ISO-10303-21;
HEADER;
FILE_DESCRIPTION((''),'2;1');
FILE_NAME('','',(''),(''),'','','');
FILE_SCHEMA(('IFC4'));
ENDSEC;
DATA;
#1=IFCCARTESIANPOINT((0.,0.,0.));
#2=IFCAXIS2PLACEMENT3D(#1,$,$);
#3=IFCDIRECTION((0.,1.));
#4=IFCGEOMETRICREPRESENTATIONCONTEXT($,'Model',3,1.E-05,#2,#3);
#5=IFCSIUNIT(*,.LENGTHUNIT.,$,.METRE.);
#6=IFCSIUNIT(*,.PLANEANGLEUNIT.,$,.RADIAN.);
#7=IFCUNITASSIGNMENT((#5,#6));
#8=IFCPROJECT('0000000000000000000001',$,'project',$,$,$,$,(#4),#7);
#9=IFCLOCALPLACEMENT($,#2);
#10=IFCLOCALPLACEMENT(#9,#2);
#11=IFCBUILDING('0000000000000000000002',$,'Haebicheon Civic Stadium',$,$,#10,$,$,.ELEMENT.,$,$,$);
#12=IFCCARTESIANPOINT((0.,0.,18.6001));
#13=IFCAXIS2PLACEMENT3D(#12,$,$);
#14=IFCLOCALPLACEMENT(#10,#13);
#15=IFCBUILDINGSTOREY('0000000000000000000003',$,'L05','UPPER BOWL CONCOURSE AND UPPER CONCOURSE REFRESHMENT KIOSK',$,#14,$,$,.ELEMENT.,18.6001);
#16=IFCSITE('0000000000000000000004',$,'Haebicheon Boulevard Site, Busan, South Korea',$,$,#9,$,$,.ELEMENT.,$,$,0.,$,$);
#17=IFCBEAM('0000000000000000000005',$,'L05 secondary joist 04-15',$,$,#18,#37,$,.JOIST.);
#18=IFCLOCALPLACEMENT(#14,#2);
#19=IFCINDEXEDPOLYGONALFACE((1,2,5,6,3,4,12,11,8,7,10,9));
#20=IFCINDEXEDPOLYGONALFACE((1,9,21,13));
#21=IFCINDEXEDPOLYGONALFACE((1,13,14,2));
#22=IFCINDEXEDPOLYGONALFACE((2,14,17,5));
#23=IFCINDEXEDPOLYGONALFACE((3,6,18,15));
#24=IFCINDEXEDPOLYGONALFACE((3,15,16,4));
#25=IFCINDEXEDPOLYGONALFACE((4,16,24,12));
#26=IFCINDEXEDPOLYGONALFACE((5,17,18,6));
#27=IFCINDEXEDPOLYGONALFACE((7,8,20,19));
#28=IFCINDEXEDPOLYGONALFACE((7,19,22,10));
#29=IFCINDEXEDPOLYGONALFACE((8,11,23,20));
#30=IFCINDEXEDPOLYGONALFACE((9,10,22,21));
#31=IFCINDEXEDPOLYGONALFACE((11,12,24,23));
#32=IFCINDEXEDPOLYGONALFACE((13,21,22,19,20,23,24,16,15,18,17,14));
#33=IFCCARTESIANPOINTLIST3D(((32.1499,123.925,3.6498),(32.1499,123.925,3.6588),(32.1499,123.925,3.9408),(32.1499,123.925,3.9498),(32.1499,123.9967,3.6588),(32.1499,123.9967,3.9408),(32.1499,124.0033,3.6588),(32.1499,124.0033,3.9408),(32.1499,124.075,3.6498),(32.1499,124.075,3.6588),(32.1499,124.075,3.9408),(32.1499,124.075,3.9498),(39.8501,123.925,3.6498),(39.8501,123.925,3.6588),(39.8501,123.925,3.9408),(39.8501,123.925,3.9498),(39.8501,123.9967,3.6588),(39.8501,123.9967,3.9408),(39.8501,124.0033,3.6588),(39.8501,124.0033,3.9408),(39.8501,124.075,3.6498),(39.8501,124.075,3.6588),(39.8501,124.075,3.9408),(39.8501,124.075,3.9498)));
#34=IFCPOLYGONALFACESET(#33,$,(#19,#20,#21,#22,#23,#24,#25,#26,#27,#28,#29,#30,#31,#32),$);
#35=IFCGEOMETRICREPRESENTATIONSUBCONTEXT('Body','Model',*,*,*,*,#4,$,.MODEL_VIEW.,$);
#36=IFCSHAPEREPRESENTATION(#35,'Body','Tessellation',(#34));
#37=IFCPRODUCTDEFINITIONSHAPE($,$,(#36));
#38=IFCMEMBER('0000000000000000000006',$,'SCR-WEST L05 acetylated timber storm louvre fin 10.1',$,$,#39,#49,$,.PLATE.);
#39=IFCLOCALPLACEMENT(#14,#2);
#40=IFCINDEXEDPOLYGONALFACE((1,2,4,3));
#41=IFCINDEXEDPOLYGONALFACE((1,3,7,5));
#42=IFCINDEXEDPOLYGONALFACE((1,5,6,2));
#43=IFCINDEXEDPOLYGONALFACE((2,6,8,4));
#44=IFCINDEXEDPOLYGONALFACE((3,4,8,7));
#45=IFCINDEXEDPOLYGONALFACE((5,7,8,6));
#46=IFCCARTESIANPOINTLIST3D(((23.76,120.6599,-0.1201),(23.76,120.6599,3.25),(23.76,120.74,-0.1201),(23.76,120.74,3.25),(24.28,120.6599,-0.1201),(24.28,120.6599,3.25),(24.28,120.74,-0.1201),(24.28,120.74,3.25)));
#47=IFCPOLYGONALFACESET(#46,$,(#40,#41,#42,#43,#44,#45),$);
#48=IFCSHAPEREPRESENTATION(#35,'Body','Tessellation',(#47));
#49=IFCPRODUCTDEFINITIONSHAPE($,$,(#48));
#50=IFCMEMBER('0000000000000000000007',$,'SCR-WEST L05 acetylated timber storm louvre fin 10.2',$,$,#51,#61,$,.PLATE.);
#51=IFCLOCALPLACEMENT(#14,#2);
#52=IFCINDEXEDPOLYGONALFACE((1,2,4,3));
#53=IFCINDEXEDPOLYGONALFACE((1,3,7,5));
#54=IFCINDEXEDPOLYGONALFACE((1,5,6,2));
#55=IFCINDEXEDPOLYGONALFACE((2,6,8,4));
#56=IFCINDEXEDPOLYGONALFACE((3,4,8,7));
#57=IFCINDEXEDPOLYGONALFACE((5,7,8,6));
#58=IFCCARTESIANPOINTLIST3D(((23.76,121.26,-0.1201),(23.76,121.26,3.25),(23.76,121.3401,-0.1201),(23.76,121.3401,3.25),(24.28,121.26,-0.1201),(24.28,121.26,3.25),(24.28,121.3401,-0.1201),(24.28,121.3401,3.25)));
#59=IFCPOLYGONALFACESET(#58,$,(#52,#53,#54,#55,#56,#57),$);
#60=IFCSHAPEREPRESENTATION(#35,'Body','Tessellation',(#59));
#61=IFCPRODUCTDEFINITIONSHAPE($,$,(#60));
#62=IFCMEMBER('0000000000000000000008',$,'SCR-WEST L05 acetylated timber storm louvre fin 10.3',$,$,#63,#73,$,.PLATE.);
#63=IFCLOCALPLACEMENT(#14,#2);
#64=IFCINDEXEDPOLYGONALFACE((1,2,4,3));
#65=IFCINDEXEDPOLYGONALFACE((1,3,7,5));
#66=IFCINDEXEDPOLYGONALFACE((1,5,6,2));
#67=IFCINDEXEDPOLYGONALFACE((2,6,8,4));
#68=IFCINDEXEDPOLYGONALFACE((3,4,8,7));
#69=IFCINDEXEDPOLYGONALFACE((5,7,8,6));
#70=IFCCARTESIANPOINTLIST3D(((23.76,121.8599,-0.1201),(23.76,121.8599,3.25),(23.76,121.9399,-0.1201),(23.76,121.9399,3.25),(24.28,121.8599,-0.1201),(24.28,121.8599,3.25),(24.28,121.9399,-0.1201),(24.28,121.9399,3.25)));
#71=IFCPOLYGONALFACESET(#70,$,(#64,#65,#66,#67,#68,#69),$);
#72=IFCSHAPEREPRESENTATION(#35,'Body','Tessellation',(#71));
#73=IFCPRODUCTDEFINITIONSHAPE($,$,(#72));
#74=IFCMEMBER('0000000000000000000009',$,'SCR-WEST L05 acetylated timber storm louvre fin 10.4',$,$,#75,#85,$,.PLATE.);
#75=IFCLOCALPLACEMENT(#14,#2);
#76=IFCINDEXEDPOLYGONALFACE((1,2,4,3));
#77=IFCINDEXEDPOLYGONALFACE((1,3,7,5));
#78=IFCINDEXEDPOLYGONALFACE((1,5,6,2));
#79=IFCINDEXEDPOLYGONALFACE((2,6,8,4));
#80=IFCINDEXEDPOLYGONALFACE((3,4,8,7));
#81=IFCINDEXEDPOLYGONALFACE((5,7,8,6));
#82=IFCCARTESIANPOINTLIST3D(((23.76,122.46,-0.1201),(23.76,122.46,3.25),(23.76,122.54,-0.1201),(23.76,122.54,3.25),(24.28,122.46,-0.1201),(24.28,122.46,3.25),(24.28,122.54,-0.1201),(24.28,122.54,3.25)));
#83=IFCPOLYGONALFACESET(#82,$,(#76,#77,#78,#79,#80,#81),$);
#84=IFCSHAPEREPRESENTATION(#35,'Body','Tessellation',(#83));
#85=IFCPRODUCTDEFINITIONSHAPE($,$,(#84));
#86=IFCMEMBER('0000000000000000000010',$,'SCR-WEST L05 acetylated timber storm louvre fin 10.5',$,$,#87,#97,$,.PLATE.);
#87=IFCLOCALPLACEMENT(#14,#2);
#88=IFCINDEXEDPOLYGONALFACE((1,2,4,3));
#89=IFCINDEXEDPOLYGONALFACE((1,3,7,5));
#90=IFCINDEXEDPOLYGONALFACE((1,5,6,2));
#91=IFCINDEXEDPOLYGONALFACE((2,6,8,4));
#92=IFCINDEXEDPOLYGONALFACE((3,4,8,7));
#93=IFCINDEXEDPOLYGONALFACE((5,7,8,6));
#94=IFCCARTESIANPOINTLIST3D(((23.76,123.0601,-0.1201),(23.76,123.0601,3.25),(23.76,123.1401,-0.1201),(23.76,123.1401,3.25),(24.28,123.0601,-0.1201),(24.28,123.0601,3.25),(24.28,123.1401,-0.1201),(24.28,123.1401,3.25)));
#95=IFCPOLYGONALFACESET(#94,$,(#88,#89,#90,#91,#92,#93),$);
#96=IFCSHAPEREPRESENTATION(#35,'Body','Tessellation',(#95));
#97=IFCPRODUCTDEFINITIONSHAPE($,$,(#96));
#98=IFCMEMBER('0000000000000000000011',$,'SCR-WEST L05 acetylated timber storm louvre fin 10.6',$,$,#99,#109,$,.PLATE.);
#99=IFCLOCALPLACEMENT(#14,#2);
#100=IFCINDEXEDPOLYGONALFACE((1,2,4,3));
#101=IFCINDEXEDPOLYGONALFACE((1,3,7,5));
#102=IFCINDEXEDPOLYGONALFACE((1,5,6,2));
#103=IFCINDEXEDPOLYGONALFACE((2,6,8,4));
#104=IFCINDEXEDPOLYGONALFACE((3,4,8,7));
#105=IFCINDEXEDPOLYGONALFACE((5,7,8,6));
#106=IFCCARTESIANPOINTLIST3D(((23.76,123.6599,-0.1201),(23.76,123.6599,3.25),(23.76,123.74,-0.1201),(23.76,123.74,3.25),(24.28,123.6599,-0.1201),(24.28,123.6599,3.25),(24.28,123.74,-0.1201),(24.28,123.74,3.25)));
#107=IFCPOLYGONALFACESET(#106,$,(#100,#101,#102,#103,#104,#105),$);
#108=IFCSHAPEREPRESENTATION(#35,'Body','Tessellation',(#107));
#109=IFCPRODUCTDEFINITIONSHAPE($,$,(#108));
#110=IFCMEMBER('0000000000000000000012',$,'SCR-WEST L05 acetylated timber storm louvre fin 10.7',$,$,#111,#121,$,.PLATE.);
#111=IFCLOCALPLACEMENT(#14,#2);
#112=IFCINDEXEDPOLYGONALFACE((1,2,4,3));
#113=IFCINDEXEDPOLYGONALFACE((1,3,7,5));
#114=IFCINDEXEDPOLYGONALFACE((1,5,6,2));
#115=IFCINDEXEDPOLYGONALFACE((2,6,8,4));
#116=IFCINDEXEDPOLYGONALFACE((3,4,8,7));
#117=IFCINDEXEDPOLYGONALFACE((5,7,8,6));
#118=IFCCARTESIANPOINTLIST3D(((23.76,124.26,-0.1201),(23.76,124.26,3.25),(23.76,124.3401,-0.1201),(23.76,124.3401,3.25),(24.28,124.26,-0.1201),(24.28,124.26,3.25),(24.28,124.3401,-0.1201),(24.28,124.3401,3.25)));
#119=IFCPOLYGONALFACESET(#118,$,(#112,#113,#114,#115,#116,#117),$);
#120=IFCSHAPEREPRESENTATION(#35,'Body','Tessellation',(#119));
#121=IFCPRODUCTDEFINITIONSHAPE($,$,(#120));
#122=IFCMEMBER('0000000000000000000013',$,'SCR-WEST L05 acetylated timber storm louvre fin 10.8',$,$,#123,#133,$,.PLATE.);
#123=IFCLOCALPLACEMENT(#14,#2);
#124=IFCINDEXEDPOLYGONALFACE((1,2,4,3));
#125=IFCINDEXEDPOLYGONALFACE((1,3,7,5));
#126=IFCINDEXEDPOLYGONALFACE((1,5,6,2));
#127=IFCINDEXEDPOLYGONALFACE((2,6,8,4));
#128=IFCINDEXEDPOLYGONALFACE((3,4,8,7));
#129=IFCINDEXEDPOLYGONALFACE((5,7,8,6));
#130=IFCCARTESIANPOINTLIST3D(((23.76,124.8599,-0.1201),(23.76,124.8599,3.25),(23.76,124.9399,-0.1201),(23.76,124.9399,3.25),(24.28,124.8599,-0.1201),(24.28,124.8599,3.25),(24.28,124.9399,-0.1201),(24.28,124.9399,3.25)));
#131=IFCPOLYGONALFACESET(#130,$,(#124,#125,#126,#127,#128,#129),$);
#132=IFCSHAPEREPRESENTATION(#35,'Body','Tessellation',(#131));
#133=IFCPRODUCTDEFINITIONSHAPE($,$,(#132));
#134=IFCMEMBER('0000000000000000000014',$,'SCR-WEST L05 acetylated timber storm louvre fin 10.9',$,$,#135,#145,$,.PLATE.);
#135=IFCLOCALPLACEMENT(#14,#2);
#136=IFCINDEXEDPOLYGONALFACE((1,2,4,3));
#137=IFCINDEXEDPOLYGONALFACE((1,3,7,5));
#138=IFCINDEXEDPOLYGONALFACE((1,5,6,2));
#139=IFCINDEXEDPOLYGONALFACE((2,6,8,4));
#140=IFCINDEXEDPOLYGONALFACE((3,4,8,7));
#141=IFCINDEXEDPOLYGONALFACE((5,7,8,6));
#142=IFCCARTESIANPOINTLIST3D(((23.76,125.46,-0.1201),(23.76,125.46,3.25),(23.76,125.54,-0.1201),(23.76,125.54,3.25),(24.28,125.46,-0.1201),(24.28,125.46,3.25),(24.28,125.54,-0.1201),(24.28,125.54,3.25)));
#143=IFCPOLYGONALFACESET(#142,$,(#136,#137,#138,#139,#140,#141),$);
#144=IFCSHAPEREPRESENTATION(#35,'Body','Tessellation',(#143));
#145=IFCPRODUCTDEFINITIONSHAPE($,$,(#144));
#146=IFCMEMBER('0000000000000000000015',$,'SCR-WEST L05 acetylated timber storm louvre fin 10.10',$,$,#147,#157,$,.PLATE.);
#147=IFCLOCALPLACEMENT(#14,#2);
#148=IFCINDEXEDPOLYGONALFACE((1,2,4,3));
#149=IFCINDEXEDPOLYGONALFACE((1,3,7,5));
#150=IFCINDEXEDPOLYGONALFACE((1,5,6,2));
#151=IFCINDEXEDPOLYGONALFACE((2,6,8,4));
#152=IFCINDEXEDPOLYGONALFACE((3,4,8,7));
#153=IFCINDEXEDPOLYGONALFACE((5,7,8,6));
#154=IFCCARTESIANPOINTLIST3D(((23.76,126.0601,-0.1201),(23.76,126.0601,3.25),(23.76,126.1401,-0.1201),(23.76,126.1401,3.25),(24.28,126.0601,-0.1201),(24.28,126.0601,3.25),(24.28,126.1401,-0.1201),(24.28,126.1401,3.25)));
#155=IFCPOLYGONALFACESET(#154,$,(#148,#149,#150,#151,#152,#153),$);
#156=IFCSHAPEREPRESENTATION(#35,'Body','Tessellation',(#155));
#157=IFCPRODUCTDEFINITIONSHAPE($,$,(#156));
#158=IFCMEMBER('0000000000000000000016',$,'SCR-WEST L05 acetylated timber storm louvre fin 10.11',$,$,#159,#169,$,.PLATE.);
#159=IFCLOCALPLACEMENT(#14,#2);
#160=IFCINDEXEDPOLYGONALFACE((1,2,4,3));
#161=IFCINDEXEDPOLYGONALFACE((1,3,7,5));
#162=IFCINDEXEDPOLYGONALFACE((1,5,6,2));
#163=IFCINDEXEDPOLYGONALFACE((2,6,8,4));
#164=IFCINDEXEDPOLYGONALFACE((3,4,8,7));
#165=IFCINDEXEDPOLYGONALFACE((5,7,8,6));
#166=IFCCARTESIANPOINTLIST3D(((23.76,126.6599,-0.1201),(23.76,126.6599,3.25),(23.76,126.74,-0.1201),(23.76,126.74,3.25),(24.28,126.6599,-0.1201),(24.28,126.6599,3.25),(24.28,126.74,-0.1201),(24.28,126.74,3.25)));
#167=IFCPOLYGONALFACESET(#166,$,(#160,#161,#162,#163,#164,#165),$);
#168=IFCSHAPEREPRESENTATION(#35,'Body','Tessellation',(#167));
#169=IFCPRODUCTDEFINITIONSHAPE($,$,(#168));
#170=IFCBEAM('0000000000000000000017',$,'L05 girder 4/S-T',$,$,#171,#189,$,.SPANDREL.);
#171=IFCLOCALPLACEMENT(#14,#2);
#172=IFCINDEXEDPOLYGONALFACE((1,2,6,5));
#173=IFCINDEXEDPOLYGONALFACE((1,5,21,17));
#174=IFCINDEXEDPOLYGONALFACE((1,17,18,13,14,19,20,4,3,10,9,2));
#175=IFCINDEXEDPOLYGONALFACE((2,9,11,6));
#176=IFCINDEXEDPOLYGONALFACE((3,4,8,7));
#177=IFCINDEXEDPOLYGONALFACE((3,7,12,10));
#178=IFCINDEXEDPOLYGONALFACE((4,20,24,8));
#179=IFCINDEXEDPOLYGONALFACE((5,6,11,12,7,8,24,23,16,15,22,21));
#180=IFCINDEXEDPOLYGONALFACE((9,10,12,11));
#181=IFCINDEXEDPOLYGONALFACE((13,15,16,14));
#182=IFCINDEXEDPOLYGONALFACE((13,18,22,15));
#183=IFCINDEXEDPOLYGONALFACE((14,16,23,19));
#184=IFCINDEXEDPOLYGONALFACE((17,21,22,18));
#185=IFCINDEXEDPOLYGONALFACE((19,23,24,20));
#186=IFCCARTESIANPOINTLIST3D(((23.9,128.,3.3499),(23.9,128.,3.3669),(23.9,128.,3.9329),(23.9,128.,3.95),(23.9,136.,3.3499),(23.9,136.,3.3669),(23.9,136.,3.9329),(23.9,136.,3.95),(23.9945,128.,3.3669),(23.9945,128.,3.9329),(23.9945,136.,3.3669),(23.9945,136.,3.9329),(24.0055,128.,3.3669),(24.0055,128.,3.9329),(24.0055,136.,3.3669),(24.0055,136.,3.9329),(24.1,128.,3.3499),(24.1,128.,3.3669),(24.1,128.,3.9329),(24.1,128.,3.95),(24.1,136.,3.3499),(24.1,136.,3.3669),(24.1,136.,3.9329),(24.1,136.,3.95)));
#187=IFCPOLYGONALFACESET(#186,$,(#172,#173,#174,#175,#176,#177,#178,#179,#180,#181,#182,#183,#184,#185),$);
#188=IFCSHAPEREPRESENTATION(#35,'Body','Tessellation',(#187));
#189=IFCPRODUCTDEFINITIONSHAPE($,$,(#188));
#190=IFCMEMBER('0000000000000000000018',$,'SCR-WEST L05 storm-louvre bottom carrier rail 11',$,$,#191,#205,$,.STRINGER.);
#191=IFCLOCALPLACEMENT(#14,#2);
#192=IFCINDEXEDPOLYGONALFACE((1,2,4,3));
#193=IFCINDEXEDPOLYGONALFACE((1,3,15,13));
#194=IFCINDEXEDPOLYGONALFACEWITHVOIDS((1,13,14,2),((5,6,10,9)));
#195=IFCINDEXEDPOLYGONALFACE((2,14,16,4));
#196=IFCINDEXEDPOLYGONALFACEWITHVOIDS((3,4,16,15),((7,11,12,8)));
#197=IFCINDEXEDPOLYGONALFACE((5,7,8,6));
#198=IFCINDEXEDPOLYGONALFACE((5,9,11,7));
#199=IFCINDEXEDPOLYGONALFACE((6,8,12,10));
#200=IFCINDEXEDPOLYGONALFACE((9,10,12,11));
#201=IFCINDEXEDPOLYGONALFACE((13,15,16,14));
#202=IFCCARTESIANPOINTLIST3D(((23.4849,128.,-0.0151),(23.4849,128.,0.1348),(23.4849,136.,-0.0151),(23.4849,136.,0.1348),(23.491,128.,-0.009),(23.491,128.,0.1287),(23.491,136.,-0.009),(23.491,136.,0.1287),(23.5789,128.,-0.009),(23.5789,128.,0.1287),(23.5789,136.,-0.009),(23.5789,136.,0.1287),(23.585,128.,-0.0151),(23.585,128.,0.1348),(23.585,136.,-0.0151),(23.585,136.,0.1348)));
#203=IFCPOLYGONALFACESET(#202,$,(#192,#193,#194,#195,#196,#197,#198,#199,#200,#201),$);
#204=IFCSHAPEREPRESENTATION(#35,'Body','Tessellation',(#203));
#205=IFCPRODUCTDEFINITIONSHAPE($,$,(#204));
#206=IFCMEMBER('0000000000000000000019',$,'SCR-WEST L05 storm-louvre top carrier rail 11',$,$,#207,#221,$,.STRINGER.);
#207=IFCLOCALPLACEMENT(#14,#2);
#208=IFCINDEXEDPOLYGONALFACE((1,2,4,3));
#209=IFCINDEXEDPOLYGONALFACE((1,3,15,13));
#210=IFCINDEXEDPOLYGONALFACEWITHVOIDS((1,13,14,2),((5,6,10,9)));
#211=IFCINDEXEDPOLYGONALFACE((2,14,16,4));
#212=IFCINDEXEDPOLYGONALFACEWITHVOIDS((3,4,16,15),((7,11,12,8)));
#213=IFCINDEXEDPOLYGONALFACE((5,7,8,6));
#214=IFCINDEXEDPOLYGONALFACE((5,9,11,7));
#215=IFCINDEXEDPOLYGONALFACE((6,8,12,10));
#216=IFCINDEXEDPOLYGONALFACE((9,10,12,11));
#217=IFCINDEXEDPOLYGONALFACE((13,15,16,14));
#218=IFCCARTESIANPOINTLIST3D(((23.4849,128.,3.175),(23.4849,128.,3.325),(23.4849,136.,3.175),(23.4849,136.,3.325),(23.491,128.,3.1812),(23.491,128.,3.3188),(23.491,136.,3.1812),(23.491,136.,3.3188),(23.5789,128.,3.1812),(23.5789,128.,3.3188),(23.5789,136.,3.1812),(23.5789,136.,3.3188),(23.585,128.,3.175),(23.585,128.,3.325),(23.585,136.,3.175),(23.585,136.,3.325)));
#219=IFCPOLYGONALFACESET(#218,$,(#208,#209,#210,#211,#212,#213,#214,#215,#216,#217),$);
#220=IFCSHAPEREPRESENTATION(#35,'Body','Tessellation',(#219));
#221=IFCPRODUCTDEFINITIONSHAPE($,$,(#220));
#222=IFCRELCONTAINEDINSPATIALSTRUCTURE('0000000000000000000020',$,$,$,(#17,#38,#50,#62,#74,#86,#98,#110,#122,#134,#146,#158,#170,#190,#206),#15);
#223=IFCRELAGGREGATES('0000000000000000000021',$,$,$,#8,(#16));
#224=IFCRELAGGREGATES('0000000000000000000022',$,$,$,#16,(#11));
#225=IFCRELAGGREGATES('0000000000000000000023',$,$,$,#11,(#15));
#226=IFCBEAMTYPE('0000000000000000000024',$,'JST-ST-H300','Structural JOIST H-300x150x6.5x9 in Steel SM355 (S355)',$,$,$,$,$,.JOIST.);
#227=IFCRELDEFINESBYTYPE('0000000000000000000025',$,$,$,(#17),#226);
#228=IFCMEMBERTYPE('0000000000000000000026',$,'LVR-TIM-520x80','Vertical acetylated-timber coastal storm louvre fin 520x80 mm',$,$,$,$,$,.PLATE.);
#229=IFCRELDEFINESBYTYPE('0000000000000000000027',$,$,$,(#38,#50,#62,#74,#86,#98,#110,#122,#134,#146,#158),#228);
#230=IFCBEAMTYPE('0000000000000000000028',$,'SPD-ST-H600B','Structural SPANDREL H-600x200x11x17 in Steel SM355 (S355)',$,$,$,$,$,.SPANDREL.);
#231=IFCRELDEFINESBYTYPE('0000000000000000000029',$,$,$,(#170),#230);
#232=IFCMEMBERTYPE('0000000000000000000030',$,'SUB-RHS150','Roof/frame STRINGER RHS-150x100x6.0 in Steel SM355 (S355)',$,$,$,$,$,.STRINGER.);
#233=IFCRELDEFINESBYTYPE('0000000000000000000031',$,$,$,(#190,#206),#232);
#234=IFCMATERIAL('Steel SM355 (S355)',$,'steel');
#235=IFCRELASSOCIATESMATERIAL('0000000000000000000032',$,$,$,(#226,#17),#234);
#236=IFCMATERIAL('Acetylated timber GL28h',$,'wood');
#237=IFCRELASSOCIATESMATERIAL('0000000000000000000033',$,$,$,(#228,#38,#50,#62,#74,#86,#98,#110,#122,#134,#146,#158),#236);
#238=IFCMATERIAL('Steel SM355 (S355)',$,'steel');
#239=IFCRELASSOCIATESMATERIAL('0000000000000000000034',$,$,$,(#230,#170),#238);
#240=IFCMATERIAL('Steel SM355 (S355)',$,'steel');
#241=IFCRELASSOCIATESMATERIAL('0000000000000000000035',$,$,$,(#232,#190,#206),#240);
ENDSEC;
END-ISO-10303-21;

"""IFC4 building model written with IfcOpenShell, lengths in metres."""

from ifc_helpers import new_model, si_unit, direction, frame, origin, origin_2d, place, context, subcontext, project, spatial, rectangle, hollow_rectangle, i_section, extrude, material, material_profile, profile_set, type_object, element, save


model = new_model("IFC4")

# Units and contexts
model_context = context("Model", 3, precision=1e-05, world=origin(), true_north=direction((0.0, 1.0)))
body_context = subcontext(model_context, "Body", "Model", "MODEL_VIEW")
ifc_project = project(units=[si_unit("LENGTHUNIT", "METRE"), si_unit("PLANEANGLEUNIT", "RADIAN")], contexts=[model_context])

# Site, building, storey
site_placement = place(None, origin())
site = spatial("IfcSite", under=ifc_project, at=site_placement, Name="Haebicheon Boulevard Site, Busan, South Korea", CompositionType="ELEMENT", RefElevation=0.0)
building_placement = place(site_placement, origin())
building = spatial("IfcBuilding", under=site, at=building_placement, Name="Haebicheon Civic Stadium", CompositionType="ELEMENT")
storey_placement = place(building_placement, frame((0.0, 0.0, 18.6001)))
storey = spatial("IfcBuildingStorey", under=building, at=storey_placement, Name="L05", Description="UPPER BOWL CONCOURSE AND UPPER CONCOURSE REFRESHMENT KIOSK", CompositionType="ELEMENT", Elevation=18.6001)

# Beam
ifc_material_1 = material(Name="Steel SM355 (S355)", Category="steel")
ifc_material_profile_1 = material_profile(ifc_material_1, i_section(OverallWidth=0.1499, OverallDepth=0.3, WebThickness=0.0066, FlangeThickness=0.009, at=origin_2d()), Name="H-300x150x6.5x9")
ifc_profile_set_1 = profile_set([ifc_material_profile_1], Name="Steel SM355 (S355)")
beam_type_1 = type_object("IfcBeamType", Name="JST-ST-H300", Description="Structural JOIST H-300x150x6.5x9 in Steel SM355 (S355)", PredefinedType="JOIST", material=ifc_profile_set_1)
beam_1_placement = place(storey_placement, frame((32.1499, 124.0, 3.7998), z_axis=(1.0, 0.0, 0.0), x_axis=(0.0, 1.0, 0.0)))
element("IfcBeam", 1, at=beam_1_placement, inside=storey, type_object=beam_type_1, material=ifc_profile_set_1, Name="L05 secondary joist 04-15", PredefinedType="JOIST", context=body_context, shape_type="SweptSolid", body=[
    extrude(i_section(OverallWidth=0.1499, OverallDepth=0.3, WebThickness=0.0066, FlangeThickness=0.009, at=origin_2d()), origin(), (0.0, 0.0, 1.0), 7.7002),
])

# Members
ifc_material_2 = material(Name="Acetylated timber GL28h", Category="wood")
ifc_material_profile_2 = material_profile(ifc_material_2, rectangle(XDim=0.0801, YDim=0.52, at=origin_2d()), Name="TMB-LOUV-80x520")
ifc_profile_set_2 = profile_set([ifc_material_profile_2], Name="Acetylated timber GL28h")
member_type_1 = type_object("IfcMemberType", Name="LVR-TIM-520x80", Description="Vertical acetylated-timber coastal storm louvre fin 520x80 mm", PredefinedType="PLATE", material=ifc_profile_set_2)
for number, where, z_axis, x_axis, name in (
    (2, (24.02, 120.7, -0.1201), (0.0, 0.0, 1.0), (0.0, 1.0, 0.0), "SCR-WEST L05 acetylated timber storm louvre fin 10.1"),
    (3, (24.02, 121.3, -0.1201), (0.0, 0.0, 1.0), (0.0, 1.0, 0.0), "SCR-WEST L05 acetylated timber storm louvre fin 10.2"),
    (4, (24.02, 121.8999, -0.1201), (0.0, 0.0, 1.0), (0.0, 1.0, 0.0), "SCR-WEST L05 acetylated timber storm louvre fin 10.3"),
    (5, (24.02, 122.5, -0.1201), (0.0, 0.0, 1.0), (0.0, 1.0, 0.0), "SCR-WEST L05 acetylated timber storm louvre fin 10.4"),
    (6, (24.02, 123.1001, -0.1201), (0.0, 0.0, 1.0), (0.0, 1.0, 0.0), "SCR-WEST L05 acetylated timber storm louvre fin 10.5"),
    (7, (24.02, 123.7, -0.1201), (0.0, 0.0, 1.0), (0.0, 1.0, 0.0), "SCR-WEST L05 acetylated timber storm louvre fin 10.6"),
    (8, (24.02, 124.3, -0.1201), (0.0, 0.0, 1.0), (0.0, 1.0, 0.0), "SCR-WEST L05 acetylated timber storm louvre fin 10.7"),
    (9, (24.02, 124.8999, -0.1201), (0.0, 0.0, 1.0), (0.0, 1.0, 0.0), "SCR-WEST L05 acetylated timber storm louvre fin 10.8"),
    (10, (24.02, 125.5, -0.1201), (0.0, 0.0, 1.0), (0.0, 1.0, 0.0), "SCR-WEST L05 acetylated timber storm louvre fin 10.9"),
    (11, (24.02, 126.1001, -0.1201), (0.0, 0.0, 1.0), (0.0, 1.0, 0.0), "SCR-WEST L05 acetylated timber storm louvre fin 10.10"),
    (12, (24.02, 126.7, -0.1201), (0.0, 0.0, 1.0), (0.0, 1.0, 0.0), "SCR-WEST L05 acetylated timber storm louvre fin 10.11"),
):
    element("IfcMember", number, at=place(storey_placement, frame(where, z_axis=z_axis, x_axis=x_axis)), inside=storey, type_object=member_type_1, material=ifc_profile_set_2, Name=name, PredefinedType="PLATE", context=body_context, shape_type="SweptSolid", body=[
        extrude(rectangle(XDim=0.0801, YDim=0.52, at=origin_2d()), origin(), (0.0, 0.0, 1.0), 3.3701),
    ])

# Beam
ifc_material_3 = material(Name="Steel SM355 (S355)", Category="steel")
ifc_material_profile_3 = material_profile(ifc_material_3, i_section(OverallWidth=0.2, OverallDepth=0.6001, WebThickness=0.011, FlangeThickness=0.0171, at=origin_2d()), Name="H-600x200x11x17")
ifc_profile_set_3 = profile_set([ifc_material_profile_3], Name="Steel SM355 (S355)")
beam_type_2 = type_object("IfcBeamType", Name="SPD-ST-H600B", Description="Structural SPANDREL H-600x200x11x17 in Steel SM355 (S355)", PredefinedType="SPANDREL", material=ifc_profile_set_3)
beam_2_placement = place(storey_placement, frame((24.0, 128.0, 3.6499), z_axis=(0.0, 1.0, 0.0), x_axis=(-1.0, 0.0, 0.0)))
element("IfcBeam", 13, at=beam_2_placement, inside=storey, type_object=beam_type_2, material=ifc_profile_set_3, Name="L05 girder 4/S-T", PredefinedType="SPANDREL", context=body_context, shape_type="SweptSolid", body=[
    extrude(i_section(OverallWidth=0.2, OverallDepth=0.6001, WebThickness=0.011, FlangeThickness=0.0171, at=origin_2d()), origin(), (0.0, 0.0, 1.0), 8.0),
])

# Members
ifc_material_4 = material(Name="Steel SM355 (S355)", Category="steel")
ifc_material_profile_4 = material_profile(ifc_material_4, hollow_rectangle(XDim=0.1001, YDim=0.1499, WallThickness=0.0061, at=origin_2d()), Name="RHS-150x100x6.0")
ifc_profile_set_4 = profile_set([ifc_material_profile_4], Name="Steel SM355 (S355)")
member_type_2 = type_object("IfcMemberType", Name="SUB-RHS150", Description="Roof/frame STRINGER RHS-150x100x6.0 in Steel SM355 (S355)", PredefinedType="STRINGER", material=ifc_profile_set_4)
for number, where, z_axis, x_axis, name in (
    (14, (23.5349, 128.0, 0.0598), (0.0, 1.0, 0.0), (-1.0, 0.0, 0.0), "SCR-WEST L05 storm-louvre bottom carrier rail 11"),
    (15, (23.5349, 128.0, 3.25), (0.0, 1.0, 0.0), (-1.0, 0.0, 0.0), "SCR-WEST L05 storm-louvre top carrier rail 11"),
):
    element("IfcMember", number, at=place(storey_placement, frame(where, z_axis=z_axis, x_axis=x_axis)), inside=storey, type_object=member_type_2, material=ifc_profile_set_4, Name=name, PredefinedType="STRINGER", context=body_context, shape_type="SweptSolid", body=[
        extrude(hollow_rectangle(XDim=0.1001, YDim=0.1499, WallThickness=0.0061, at=origin_2d()), origin(), (0.0, 0.0, 1.0), 8.0),
    ])

save(model, "model.ifc")
